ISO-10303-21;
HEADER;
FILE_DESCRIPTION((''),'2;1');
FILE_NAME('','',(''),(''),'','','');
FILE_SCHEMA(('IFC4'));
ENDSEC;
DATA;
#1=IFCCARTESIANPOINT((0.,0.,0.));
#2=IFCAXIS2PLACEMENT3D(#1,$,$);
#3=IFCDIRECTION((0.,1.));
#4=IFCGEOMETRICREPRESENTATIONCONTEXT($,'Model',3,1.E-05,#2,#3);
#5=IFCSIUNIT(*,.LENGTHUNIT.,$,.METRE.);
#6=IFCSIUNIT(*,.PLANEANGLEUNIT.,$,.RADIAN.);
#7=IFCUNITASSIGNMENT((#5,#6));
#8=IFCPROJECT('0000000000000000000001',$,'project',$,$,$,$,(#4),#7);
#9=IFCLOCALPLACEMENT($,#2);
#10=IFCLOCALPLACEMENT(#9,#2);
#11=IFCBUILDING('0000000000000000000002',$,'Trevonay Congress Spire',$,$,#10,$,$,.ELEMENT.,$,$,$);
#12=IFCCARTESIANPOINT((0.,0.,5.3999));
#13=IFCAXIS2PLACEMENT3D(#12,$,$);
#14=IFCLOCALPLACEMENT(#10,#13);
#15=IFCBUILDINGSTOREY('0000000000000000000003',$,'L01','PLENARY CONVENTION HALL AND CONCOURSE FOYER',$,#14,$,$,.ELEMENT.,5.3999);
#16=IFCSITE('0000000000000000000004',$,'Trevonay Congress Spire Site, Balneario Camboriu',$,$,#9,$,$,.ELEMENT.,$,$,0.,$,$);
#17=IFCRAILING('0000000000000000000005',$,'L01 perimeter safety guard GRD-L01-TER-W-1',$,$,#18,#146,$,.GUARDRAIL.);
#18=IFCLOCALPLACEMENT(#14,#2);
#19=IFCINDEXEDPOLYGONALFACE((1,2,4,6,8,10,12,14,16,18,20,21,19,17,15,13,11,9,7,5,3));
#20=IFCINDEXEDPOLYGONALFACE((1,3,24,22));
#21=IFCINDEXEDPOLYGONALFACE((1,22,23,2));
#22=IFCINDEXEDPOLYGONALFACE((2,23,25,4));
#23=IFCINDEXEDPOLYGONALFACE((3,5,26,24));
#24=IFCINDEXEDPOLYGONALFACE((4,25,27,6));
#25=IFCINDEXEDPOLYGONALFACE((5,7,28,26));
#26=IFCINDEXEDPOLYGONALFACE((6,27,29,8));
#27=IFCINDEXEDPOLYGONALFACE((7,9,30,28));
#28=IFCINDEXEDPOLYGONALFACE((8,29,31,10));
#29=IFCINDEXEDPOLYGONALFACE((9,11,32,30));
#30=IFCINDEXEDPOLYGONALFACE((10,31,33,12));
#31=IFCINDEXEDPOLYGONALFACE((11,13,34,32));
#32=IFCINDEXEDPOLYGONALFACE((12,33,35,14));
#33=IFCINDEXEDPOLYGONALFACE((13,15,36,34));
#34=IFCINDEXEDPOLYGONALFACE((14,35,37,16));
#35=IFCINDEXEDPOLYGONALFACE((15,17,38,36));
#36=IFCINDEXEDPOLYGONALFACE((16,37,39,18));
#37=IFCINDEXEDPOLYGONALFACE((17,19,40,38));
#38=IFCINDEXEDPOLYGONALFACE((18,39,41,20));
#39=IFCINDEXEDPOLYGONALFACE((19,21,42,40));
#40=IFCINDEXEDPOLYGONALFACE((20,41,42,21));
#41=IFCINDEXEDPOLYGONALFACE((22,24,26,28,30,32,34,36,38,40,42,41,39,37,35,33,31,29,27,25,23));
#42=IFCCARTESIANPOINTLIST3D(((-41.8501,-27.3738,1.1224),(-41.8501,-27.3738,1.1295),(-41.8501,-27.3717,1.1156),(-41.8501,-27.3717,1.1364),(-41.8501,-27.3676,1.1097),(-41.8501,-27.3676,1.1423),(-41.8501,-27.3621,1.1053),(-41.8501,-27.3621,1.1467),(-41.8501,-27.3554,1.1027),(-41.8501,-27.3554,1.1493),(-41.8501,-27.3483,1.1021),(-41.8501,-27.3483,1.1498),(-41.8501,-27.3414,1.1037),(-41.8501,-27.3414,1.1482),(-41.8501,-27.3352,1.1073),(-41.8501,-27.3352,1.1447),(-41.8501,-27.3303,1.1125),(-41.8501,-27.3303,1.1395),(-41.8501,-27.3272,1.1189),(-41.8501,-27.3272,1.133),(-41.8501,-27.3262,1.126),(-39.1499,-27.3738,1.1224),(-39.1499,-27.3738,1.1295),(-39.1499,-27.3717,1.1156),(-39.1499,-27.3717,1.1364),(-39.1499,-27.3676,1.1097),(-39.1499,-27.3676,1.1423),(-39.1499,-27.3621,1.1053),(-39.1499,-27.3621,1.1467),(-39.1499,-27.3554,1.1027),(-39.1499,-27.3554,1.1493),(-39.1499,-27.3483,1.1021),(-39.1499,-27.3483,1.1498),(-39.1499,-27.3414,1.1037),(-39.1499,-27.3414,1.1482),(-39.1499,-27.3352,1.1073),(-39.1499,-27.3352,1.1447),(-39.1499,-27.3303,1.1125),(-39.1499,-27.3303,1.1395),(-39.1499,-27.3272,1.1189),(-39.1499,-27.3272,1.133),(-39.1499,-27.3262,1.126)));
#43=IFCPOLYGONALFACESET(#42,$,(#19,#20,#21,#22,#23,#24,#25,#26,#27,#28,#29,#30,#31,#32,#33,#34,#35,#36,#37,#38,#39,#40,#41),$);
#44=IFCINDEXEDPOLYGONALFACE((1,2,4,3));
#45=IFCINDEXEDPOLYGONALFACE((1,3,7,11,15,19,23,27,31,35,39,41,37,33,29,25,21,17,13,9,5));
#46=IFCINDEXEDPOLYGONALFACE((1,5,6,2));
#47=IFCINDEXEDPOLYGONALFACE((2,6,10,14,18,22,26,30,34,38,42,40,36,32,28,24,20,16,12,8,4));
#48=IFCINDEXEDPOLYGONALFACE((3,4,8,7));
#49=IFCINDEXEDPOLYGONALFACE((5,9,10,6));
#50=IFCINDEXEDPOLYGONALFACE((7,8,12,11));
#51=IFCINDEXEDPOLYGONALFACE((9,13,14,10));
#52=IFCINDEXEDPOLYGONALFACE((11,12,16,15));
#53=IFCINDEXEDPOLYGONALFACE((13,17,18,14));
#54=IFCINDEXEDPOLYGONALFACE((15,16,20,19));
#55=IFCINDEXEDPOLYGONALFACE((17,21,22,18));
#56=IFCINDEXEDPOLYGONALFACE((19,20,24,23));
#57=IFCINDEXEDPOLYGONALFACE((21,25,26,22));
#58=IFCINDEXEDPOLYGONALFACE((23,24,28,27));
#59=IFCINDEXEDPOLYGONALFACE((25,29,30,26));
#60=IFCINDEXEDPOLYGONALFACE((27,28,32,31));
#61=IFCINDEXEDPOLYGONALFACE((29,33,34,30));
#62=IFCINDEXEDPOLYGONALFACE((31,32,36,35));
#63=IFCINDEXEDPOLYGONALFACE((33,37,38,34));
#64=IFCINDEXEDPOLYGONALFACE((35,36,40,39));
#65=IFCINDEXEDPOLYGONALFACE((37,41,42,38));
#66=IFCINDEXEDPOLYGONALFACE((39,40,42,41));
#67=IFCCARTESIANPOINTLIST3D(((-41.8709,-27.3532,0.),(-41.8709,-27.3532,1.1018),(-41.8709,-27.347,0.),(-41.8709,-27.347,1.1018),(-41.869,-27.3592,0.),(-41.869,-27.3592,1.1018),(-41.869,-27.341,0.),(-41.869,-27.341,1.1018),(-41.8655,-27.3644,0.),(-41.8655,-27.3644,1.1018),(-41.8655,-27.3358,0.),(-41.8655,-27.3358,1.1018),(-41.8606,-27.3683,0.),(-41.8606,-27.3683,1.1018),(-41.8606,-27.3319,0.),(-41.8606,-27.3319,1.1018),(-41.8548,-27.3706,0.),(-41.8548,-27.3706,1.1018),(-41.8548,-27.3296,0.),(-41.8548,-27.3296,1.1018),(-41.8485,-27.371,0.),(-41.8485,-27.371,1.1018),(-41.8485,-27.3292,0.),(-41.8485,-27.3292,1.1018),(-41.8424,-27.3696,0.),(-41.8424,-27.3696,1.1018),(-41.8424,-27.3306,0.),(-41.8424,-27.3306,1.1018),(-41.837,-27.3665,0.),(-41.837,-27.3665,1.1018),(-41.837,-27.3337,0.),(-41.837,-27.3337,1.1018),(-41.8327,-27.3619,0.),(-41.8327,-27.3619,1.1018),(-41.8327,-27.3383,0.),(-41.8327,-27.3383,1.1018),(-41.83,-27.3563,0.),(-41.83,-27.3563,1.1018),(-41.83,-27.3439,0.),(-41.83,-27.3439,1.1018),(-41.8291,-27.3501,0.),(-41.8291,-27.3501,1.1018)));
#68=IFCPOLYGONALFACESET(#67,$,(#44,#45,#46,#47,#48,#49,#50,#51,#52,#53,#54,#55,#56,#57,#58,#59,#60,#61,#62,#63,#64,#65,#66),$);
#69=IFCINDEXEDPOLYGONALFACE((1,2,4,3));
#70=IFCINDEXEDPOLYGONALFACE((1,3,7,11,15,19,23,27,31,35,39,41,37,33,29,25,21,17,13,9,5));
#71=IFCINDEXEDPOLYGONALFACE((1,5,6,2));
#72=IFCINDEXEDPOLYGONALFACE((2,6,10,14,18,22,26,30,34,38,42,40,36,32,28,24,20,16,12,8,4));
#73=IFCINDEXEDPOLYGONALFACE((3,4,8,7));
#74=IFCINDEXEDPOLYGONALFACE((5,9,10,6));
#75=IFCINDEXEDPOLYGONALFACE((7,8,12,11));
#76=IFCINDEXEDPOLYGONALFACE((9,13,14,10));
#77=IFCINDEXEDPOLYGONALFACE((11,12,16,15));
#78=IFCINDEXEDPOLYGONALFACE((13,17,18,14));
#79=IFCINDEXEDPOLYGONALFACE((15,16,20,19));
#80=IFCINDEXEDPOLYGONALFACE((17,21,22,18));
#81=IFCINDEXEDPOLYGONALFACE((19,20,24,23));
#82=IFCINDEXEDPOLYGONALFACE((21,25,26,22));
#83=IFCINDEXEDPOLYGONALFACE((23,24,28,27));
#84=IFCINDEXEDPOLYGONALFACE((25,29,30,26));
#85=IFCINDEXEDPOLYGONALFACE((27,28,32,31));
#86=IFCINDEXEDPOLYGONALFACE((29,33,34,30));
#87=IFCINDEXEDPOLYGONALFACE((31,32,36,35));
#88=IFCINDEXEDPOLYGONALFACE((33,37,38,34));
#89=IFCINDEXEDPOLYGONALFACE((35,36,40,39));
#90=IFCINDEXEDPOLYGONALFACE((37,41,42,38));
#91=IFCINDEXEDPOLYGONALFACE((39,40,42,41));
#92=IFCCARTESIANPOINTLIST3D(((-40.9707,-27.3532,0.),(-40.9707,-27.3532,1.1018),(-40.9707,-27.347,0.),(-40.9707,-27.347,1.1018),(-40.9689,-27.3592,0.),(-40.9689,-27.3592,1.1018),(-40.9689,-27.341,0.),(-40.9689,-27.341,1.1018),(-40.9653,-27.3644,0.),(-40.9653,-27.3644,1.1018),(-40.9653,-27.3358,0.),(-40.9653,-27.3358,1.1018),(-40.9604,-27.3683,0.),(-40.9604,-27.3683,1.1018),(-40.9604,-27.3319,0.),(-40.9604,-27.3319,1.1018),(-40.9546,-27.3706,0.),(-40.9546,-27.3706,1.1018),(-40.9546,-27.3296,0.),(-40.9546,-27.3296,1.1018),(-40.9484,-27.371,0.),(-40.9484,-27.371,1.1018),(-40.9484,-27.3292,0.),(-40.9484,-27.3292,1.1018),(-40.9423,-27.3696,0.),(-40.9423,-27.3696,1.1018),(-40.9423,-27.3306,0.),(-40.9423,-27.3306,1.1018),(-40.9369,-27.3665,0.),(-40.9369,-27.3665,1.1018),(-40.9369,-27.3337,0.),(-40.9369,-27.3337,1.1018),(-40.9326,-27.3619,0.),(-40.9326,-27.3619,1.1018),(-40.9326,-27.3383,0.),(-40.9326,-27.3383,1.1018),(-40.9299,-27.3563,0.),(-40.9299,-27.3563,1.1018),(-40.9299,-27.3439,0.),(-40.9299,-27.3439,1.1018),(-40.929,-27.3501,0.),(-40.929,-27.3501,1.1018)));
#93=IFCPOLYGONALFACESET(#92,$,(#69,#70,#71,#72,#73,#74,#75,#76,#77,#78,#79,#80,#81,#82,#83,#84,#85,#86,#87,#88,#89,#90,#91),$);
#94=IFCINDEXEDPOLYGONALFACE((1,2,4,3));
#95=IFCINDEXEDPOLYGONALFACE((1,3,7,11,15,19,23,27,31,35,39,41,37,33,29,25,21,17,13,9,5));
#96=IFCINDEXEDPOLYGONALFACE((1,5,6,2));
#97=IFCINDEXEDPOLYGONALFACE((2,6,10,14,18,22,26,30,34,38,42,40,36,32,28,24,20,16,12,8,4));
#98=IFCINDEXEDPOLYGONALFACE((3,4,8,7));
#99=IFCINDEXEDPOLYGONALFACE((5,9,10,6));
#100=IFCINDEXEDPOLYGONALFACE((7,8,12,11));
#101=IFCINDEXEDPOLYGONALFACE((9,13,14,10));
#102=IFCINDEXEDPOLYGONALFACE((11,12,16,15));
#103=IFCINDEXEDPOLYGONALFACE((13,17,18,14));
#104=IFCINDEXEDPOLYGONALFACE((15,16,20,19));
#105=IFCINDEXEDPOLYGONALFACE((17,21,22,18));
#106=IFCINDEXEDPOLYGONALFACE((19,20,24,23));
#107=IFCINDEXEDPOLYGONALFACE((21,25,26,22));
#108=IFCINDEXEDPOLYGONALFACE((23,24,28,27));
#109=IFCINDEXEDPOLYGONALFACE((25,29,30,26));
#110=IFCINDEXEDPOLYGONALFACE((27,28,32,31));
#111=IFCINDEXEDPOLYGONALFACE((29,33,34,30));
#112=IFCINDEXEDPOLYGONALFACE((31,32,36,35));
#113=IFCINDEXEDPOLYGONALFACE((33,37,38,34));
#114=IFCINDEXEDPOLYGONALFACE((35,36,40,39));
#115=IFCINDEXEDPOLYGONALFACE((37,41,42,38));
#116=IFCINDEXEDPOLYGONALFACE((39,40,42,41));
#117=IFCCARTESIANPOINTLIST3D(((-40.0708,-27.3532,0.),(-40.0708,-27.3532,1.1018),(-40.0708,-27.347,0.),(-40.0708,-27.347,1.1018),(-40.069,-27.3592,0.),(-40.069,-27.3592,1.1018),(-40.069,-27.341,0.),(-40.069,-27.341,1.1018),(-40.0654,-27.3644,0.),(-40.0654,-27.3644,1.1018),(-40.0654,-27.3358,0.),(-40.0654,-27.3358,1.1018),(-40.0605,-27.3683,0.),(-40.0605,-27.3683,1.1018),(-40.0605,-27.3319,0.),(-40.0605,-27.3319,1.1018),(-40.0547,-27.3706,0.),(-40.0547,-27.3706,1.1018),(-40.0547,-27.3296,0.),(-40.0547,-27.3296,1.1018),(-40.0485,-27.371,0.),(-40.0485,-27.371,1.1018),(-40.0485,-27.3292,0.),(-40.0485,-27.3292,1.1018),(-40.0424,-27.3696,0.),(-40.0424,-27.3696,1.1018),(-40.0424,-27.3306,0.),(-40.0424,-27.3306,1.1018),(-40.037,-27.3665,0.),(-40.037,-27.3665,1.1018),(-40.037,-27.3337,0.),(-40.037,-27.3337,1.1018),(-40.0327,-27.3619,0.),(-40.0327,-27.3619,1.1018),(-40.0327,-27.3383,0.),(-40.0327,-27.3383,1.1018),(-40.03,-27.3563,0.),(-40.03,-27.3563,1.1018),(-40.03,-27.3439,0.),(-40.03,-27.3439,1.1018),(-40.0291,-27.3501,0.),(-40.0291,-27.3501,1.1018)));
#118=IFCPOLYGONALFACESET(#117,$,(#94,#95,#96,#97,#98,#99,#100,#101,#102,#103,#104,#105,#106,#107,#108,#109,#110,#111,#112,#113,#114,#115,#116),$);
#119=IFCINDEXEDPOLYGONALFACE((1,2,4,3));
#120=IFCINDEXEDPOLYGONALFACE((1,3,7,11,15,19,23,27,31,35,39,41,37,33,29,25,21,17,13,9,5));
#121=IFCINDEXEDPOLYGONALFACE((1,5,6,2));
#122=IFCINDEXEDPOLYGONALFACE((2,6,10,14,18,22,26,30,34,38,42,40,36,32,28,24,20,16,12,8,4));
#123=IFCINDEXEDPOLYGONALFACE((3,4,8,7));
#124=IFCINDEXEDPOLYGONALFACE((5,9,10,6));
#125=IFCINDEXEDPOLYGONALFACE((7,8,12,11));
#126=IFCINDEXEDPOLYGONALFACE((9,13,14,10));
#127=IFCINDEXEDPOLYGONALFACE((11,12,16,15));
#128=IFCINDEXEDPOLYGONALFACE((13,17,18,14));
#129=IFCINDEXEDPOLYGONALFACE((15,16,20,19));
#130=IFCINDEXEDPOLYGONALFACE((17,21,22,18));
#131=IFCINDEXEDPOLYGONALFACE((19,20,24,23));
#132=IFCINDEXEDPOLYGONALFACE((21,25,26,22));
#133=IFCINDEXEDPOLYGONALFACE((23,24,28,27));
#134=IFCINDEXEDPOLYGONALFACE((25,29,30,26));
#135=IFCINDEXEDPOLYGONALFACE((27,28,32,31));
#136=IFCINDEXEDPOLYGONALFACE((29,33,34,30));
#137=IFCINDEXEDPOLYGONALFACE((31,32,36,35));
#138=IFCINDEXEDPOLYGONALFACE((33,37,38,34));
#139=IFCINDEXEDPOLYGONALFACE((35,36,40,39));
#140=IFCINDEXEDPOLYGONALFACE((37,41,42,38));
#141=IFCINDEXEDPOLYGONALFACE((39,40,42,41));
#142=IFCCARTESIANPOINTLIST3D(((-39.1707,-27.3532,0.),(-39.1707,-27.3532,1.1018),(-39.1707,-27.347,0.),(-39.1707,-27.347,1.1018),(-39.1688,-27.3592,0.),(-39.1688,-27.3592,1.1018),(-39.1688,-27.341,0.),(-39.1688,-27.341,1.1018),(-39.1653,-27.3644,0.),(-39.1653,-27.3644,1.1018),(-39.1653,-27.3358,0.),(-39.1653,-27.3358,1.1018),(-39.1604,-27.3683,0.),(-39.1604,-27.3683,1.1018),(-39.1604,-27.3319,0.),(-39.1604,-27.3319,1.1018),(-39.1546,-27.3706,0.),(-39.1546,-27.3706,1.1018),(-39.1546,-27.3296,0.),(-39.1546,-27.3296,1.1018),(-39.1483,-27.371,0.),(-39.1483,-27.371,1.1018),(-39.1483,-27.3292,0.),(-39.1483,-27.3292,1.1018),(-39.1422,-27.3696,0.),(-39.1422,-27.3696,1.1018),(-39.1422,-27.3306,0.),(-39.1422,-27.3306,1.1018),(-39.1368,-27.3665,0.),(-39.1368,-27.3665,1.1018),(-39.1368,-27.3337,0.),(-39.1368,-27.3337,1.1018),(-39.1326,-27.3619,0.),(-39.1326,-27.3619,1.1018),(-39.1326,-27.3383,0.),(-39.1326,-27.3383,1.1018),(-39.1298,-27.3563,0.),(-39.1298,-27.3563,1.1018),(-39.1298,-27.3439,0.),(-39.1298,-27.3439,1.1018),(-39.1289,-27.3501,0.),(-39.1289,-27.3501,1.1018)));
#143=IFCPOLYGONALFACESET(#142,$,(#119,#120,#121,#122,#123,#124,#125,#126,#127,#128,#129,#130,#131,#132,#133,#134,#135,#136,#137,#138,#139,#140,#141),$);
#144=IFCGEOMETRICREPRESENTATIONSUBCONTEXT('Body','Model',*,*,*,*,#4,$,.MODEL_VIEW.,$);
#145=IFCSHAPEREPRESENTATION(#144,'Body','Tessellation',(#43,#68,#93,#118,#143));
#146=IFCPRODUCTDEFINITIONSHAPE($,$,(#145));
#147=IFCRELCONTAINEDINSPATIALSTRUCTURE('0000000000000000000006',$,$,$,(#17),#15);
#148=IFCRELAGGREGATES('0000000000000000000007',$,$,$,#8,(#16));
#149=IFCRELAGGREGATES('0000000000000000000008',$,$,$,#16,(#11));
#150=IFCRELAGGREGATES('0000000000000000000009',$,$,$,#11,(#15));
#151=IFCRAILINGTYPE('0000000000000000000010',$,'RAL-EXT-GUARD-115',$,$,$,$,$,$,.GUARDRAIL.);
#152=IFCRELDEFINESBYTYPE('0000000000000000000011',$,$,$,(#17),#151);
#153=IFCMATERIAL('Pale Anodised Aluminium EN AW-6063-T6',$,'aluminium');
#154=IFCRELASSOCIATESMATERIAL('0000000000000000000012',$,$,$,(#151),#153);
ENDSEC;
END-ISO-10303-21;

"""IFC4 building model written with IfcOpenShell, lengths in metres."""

from ifc_helpers import new_model, si_unit, direction, frame, origin, origin_2d, place, context, subcontext, project, spatial, circle, extrude, material, type_object, element, save


model = new_model("IFC4")

# Units and contexts
model_context = context("Model", 3, precision=1e-05, world=origin(), true_north=direction((0.0, 1.0)))
body_context = subcontext(model_context, "Body", "Model", "MODEL_VIEW")
ifc_project = project(units=[si_unit("LENGTHUNIT", "METRE"), si_unit("PLANEANGLEUNIT", "RADIAN")], contexts=[model_context])

# Site, building, storey
site_placement = place(None, origin())
site = spatial("IfcSite", under=ifc_project, at=site_placement, Name="Trevonay Congress Spire Site, Balneario Camboriu", CompositionType="ELEMENT", RefElevation=0.0)
building_placement = place(site_placement, origin())
building = spatial("IfcBuilding", under=site, at=building_placement, Name="Trevonay Congress Spire", CompositionType="ELEMENT")
storey_placement = place(building_placement, frame((0.0, 0.0, 5.3999)))
storey = spatial("IfcBuildingStorey", under=building, at=storey_placement, Name="L01", Description="PLENARY CONVENTION HALL AND CONCOURSE FOYER", CompositionType="ELEMENT", Elevation=5.3999)

# Shared definitions
ifc_material_1 = material(Name="Pale Anodised Aluminium EN AW-6063-T6", Category="aluminium")

# Railing
railing_type_1 = type_object("IfcRailingType", Name="RAL-EXT-GUARD-115", PredefinedType="GUARDRAIL", material=ifc_material_1)
railing_1_placement = place(storey_placement, frame((-41.8501, -27.3501, 0.0)))
element("IfcRailing", 1, at=railing_1_placement, inside=storey, type_object=railing_type_1, Name="L01 perimeter safety guard GRD-L01-TER-W-1", PredefinedType="GUARDRAIL", context=body_context, shape_type="SweptSolid", body=[
    extrude(circle(Radius=0.0239, at=origin_2d()), frame((0.0, 0.0, 1.126), z_axis=(1.0, 0.0, 0.0), x_axis=(0.0, 1.0, 0.0)), (0.0, 0.0, 1.0), 2.7002),
    extrude(circle(Radius=0.021, at=origin_2d()), origin(), (0.0, 0.0, 1.0), 1.1018),
    extrude(circle(Radius=0.021, at=origin_2d()), frame((0.9001, 0.0, 0.0)), (0.0, 0.0, 1.0), 1.1018),
    extrude(circle(Radius=0.021, at=origin_2d()), frame((1.8, 0.0, 0.0)), (0.0, 0.0, 1.0), 1.1018),
    extrude(circle(Radius=0.021, at=origin_2d()), frame((2.7002, 0.0, 0.0)), (0.0, 0.0, 1.0), 1.1018),
])

save(model, "model.ifc")
